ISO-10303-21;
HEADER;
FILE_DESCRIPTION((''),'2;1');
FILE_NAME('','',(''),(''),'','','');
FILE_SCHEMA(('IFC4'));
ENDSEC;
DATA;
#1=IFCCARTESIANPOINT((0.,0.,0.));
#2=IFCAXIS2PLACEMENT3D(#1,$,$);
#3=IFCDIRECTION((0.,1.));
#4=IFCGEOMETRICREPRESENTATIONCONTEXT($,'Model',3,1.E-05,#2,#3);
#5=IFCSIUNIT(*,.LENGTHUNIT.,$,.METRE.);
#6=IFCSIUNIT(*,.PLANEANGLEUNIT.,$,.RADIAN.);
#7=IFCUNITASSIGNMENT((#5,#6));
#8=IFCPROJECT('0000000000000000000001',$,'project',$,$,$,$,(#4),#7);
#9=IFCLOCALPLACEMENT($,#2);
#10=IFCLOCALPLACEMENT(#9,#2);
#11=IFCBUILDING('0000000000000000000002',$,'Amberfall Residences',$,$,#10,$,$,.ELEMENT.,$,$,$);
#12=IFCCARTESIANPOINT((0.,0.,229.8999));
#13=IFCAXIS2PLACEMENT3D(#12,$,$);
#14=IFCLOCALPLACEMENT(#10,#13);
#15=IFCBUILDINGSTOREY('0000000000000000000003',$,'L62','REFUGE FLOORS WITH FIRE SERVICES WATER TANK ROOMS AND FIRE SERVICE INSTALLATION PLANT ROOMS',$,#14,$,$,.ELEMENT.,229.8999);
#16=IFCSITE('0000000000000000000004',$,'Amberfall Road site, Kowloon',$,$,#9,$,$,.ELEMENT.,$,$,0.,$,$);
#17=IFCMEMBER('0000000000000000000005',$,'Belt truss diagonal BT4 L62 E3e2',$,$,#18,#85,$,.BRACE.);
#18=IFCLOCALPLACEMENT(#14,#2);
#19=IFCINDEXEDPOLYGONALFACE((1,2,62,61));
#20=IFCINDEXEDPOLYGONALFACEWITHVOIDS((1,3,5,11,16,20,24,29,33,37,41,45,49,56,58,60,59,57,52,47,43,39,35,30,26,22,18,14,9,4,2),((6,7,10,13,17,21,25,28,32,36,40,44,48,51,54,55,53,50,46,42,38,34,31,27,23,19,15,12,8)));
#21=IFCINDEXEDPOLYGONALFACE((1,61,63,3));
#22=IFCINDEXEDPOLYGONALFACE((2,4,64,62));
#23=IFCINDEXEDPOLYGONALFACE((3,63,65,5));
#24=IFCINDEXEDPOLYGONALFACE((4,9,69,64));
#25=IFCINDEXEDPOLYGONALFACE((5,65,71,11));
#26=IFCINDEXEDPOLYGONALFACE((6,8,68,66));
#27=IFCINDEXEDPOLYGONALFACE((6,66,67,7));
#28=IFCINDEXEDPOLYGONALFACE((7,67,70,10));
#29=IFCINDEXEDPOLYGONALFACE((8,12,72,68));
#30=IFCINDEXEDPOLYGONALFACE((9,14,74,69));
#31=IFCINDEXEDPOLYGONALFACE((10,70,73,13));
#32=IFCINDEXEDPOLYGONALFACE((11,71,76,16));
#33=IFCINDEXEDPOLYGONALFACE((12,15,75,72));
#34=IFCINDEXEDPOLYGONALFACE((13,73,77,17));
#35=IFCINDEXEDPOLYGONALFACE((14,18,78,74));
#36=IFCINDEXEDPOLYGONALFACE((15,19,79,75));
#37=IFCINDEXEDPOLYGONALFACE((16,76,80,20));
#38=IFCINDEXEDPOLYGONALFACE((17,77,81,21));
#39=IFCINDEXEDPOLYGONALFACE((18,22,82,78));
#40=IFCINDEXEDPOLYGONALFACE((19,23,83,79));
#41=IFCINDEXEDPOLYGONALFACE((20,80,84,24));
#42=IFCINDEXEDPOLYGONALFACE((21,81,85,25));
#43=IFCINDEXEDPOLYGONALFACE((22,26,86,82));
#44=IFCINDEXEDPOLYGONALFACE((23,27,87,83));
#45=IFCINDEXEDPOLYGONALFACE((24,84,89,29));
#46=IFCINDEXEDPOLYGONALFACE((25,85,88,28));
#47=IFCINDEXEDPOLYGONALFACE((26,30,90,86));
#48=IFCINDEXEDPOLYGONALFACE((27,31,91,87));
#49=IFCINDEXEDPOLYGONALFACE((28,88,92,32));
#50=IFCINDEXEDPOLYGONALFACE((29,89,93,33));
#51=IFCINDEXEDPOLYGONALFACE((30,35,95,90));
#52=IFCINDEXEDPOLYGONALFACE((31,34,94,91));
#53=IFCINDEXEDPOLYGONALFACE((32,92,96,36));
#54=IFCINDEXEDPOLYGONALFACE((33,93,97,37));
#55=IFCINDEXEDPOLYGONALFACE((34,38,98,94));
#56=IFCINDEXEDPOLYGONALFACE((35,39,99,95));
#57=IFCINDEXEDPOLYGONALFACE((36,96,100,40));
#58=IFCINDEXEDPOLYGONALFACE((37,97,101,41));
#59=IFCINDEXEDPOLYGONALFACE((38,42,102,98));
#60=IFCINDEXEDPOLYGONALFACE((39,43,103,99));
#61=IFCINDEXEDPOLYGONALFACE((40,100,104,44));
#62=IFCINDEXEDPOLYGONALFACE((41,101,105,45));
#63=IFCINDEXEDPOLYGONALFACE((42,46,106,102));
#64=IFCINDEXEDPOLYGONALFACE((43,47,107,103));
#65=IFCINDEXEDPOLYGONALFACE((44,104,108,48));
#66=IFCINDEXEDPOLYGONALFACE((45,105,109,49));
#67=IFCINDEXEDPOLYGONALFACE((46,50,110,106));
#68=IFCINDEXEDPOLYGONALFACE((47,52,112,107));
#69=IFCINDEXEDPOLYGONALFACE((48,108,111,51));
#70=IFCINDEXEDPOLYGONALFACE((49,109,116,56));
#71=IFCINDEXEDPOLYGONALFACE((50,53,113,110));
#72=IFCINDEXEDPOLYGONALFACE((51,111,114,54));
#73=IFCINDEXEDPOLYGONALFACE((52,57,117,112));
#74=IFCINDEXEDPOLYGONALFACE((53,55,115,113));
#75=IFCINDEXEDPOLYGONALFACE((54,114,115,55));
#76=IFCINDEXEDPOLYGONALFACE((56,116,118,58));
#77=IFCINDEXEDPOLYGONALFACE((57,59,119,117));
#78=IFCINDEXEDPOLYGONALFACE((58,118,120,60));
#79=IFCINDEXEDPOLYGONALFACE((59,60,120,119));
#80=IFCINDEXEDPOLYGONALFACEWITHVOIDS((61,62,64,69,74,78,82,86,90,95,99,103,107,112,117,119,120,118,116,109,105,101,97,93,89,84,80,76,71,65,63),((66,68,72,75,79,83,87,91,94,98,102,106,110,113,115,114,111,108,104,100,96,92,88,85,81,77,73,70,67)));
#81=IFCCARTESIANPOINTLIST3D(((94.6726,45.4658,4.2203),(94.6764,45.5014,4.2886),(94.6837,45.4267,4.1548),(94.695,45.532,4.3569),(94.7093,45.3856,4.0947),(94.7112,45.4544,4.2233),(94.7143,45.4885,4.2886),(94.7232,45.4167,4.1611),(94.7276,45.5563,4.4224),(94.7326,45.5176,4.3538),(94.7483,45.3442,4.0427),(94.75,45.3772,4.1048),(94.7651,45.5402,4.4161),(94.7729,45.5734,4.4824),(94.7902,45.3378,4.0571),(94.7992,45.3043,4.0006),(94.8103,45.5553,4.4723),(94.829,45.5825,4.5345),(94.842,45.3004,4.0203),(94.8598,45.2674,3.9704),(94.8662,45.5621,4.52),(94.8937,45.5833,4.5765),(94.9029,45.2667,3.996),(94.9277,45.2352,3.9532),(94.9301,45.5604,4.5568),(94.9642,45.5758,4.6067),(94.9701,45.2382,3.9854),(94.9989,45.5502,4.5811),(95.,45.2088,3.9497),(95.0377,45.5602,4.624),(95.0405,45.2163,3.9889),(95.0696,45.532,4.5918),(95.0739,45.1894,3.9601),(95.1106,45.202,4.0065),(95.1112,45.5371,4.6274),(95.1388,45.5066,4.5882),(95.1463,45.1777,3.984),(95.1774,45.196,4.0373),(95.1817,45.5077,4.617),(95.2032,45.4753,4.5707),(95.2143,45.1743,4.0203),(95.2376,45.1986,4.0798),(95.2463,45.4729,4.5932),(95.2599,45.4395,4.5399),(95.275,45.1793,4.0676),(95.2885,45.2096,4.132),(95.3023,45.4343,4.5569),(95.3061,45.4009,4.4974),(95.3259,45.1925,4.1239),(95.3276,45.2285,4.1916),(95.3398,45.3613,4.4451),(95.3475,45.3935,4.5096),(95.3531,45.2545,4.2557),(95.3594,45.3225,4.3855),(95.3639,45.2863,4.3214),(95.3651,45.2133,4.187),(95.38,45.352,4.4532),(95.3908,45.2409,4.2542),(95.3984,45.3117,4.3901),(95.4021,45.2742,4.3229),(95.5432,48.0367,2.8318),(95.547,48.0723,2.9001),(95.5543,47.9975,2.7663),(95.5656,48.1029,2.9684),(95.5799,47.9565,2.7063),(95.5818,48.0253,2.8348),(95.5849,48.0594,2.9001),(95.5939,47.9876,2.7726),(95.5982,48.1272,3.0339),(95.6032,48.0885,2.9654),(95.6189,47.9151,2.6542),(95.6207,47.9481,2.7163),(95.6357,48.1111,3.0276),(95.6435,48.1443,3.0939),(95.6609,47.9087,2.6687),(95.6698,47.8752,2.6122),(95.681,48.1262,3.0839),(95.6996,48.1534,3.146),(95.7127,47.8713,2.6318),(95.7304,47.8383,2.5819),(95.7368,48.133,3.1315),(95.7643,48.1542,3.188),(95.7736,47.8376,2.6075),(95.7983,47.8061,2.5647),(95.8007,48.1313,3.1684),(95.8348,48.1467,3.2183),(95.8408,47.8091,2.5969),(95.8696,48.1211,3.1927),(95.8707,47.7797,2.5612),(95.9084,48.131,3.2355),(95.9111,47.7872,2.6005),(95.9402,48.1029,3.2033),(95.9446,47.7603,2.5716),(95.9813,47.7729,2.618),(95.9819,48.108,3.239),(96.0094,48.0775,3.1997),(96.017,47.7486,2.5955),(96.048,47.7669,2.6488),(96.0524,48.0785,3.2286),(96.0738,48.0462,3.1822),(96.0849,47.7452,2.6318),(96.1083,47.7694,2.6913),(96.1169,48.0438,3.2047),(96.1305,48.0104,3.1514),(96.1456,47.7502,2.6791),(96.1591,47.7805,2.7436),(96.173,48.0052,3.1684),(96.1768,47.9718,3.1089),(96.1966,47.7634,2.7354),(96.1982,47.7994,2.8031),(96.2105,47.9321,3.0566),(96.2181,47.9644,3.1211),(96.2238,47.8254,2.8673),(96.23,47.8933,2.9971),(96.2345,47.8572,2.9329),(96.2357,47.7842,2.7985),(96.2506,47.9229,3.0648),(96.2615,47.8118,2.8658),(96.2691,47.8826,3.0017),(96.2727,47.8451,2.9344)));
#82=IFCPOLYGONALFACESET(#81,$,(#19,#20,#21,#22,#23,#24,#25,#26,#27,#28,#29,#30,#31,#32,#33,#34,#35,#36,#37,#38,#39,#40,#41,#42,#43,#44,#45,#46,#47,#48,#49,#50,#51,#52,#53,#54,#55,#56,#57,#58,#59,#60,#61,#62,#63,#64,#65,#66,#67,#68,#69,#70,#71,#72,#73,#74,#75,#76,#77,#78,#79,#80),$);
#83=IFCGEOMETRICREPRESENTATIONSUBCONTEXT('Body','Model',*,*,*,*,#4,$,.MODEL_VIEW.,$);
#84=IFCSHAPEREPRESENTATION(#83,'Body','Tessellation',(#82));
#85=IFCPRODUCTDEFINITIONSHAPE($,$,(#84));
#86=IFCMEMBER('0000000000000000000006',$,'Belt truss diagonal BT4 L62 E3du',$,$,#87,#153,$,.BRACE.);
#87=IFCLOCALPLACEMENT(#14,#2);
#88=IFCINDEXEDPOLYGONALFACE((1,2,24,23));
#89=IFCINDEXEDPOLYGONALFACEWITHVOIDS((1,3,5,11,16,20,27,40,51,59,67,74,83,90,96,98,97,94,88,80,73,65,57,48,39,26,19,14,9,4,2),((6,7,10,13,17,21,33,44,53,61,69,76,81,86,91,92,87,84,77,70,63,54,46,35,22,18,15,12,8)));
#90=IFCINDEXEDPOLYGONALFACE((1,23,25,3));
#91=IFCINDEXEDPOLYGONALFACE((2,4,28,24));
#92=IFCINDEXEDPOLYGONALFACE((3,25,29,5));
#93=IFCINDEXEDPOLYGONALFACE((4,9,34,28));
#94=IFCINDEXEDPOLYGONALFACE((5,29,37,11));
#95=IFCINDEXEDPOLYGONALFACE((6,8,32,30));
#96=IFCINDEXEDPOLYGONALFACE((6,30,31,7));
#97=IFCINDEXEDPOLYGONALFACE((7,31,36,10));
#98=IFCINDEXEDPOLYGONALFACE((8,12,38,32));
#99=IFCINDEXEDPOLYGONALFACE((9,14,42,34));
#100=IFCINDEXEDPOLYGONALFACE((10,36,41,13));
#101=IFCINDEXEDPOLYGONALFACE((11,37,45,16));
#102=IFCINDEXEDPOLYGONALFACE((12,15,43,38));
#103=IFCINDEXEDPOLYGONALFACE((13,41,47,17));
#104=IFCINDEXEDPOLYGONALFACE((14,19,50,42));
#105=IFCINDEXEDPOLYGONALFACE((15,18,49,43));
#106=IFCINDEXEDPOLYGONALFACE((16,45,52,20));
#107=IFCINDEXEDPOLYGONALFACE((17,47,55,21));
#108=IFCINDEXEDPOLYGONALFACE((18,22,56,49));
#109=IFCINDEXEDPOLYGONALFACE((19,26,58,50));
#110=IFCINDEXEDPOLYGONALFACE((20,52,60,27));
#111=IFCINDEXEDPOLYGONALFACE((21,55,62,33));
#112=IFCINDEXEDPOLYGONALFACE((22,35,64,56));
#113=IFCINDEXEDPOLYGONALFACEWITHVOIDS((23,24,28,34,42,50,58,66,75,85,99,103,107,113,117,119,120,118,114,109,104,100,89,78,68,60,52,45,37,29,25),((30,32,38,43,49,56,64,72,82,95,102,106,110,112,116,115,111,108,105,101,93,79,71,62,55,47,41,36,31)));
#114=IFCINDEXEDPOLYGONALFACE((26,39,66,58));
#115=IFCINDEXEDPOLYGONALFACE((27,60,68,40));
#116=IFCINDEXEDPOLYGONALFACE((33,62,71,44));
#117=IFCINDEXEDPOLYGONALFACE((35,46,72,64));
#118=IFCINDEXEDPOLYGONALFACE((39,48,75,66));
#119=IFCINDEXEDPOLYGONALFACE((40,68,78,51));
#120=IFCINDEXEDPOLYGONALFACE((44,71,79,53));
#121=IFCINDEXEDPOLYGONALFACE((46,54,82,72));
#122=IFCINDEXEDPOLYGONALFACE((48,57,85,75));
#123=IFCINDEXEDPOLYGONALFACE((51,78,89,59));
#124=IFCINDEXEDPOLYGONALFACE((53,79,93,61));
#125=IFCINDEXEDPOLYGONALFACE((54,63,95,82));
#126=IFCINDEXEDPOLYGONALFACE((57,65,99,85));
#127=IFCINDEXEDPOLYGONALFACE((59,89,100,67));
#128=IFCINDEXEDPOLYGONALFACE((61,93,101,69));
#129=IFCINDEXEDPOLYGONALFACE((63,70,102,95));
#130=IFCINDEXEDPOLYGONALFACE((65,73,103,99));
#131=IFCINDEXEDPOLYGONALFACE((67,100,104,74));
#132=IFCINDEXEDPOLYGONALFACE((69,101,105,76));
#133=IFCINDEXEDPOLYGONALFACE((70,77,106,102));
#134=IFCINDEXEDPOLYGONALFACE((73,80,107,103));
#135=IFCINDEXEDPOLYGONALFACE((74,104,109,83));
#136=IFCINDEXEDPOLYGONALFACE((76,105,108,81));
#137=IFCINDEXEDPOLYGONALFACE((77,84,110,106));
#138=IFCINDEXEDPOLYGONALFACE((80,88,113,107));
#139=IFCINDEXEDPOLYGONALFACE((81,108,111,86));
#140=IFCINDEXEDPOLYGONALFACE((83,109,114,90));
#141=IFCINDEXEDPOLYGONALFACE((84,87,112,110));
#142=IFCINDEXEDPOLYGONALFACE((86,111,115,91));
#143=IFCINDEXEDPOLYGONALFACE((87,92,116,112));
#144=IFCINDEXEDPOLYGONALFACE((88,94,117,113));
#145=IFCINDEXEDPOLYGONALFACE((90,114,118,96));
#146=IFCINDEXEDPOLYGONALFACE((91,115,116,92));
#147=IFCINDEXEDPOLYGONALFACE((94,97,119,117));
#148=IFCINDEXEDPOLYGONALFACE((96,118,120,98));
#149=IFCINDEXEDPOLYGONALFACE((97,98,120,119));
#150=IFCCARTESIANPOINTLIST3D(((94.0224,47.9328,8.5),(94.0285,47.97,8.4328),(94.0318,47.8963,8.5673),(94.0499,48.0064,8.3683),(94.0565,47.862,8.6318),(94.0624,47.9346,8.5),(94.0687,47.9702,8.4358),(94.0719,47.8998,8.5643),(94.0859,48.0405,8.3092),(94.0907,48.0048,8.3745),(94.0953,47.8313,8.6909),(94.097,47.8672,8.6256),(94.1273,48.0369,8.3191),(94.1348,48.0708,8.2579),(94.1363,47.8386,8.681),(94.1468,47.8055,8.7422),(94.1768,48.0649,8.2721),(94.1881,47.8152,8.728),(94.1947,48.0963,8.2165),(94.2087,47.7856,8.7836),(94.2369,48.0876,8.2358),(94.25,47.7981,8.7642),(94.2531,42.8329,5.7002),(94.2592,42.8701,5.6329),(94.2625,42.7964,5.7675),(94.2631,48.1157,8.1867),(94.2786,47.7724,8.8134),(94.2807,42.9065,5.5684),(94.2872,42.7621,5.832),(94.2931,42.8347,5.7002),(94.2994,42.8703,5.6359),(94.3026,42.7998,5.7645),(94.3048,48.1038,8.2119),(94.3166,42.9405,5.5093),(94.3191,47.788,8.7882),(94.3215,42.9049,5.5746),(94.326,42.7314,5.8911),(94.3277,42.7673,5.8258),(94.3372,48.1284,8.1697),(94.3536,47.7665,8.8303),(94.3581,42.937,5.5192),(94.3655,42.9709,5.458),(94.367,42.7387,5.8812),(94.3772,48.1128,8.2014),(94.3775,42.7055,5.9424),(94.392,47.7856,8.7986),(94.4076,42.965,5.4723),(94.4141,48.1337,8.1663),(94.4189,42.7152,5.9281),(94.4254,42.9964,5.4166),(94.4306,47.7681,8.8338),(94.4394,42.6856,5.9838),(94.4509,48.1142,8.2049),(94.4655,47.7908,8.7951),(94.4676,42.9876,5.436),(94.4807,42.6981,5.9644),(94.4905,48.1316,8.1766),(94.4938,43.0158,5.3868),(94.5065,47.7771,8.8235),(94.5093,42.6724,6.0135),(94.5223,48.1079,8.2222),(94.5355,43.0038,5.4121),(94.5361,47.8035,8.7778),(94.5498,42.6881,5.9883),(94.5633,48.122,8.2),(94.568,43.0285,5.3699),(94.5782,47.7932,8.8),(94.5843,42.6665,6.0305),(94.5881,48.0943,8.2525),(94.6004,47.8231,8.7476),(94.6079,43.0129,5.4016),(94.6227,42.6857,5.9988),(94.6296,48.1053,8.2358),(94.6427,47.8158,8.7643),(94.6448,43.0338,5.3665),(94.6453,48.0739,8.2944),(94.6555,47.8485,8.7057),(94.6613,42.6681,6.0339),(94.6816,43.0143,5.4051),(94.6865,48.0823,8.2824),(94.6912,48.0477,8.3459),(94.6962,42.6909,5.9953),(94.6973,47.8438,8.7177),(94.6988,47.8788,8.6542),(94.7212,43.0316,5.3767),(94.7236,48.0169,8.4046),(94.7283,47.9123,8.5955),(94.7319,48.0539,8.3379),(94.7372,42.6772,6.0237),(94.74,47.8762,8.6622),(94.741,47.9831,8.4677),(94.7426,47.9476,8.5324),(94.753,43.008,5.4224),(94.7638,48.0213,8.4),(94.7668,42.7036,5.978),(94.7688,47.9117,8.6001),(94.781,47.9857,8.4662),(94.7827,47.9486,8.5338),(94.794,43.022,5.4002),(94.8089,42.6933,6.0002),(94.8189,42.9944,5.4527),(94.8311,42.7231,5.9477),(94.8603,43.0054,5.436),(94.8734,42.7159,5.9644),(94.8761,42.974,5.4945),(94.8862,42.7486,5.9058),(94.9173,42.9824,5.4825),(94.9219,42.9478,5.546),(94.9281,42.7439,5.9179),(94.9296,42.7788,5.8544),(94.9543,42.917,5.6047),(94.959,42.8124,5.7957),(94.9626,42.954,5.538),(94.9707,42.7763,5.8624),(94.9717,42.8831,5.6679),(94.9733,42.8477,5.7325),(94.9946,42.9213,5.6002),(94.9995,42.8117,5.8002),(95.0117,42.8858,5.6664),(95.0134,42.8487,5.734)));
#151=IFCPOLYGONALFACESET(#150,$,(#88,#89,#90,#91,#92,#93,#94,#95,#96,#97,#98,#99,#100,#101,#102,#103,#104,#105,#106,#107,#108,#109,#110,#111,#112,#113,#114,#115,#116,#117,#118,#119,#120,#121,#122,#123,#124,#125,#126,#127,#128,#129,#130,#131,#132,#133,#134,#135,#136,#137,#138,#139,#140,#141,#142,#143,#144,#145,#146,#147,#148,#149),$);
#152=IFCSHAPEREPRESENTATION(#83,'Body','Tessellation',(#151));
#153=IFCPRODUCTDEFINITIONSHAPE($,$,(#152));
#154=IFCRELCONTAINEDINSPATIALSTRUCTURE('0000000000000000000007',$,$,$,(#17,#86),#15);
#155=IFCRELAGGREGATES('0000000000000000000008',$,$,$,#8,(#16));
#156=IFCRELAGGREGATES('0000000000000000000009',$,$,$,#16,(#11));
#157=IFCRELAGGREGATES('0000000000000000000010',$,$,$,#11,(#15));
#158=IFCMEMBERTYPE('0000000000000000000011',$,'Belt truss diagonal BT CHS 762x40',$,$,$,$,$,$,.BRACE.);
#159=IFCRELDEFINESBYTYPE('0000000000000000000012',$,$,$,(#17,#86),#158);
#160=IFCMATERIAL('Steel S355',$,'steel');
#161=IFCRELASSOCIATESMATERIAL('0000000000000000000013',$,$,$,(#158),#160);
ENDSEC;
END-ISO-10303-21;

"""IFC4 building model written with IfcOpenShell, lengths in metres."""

from ifc_helpers import new_model, si_unit, direction, frame, origin, origin_2d, place, context, subcontext, project, spatial, hollow_circle, extrude, material, material_profile, profile_set, type_object, element, save


model = new_model("IFC4")

# Units and contexts
model_context = context("Model", 3, precision=1e-05, world=origin(), true_north=direction((0.0, 1.0)))
body_context = subcontext(model_context, "Body", "Model", "MODEL_VIEW")
ifc_project = project(units=[si_unit("LENGTHUNIT", "METRE"), si_unit("PLANEANGLEUNIT", "RADIAN")], contexts=[model_context])

# Site, building, storey
site_placement = place(None, origin())
site = spatial("IfcSite", under=ifc_project, at=site_placement, Name="Amberfall Road site, Kowloon", CompositionType="ELEMENT", RefElevation=0.0)
building_placement = place(site_placement, origin())
building = spatial("IfcBuilding", under=site, at=building_placement, Name="Amberfall Residences", CompositionType="ELEMENT")
storey_placement = place(building_placement, frame((0.0, 0.0, 229.8999)))
storey = spatial("IfcBuildingStorey", under=building, at=storey_placement, Name="L62", Description="REFUGE FLOORS WITH FIRE SERVICES WATER TANK ROOMS AND FIRE SERVICE INSTALLATION PLANT ROOMS", CompositionType="ELEMENT", Elevation=229.8999)

# Shared definitions
ifc_material_1 = material(Name="Steel S355", Category="steel")

# Members
ifc_material_profile_1 = material_profile(ifc_material_1, hollow_circle(Radius=0.3811, WallThickness=0.04, at=origin_2d()), Name="CHS 762x40")
ifc_profile_set_1 = profile_set([ifc_material_profile_1], Name="Steel S355")
member_type_1 = type_object("IfcMemberType", Name="Belt truss diagonal BT CHS 762x40", PredefinedType="BRACE", material=ifc_profile_set_1)
member_1_placement = place(storey_placement, frame((95.0374, 45.3792, 4.2886), z_axis=(0.285564, 0.843239, -0.455413), x_axis=(-0.947161, 0.320758, 0.0)))
element("IfcMember", 1, at=member_1_placement, inside=storey, type_object=member_type_1, Name="Belt truss diagonal BT4 L62 E3e2", PredefinedType="BRACE", context=body_context, shape_type="SweptSolid", body=[
    extrude(hollow_circle(Radius=0.3811, WallThickness=0.04, at=origin_2d()), origin(), (0.0, 0.0, 1.0), 3.0488),
])
member_2_placement = place(storey_placement, frame((94.6338, 42.8501, 5.7002), z_axis=(-0.039625, 0.875898, 0.480866), x_axis=(-0.998978, -0.045193, 0.0)))
element("IfcMember", 2, at=member_2_placement, inside=storey, type_object=member_type_1, Name="Belt truss diagonal BT4 L62 E3du", PredefinedType="BRACE", context=body_context, shape_type="SweptSolid", body=[
    extrude(hollow_circle(Radius=0.3811, WallThickness=0.04, at=origin_2d()), origin(), (0.0, 0.0, 1.0), 5.8225),
])

save(model, "model.ifc")
